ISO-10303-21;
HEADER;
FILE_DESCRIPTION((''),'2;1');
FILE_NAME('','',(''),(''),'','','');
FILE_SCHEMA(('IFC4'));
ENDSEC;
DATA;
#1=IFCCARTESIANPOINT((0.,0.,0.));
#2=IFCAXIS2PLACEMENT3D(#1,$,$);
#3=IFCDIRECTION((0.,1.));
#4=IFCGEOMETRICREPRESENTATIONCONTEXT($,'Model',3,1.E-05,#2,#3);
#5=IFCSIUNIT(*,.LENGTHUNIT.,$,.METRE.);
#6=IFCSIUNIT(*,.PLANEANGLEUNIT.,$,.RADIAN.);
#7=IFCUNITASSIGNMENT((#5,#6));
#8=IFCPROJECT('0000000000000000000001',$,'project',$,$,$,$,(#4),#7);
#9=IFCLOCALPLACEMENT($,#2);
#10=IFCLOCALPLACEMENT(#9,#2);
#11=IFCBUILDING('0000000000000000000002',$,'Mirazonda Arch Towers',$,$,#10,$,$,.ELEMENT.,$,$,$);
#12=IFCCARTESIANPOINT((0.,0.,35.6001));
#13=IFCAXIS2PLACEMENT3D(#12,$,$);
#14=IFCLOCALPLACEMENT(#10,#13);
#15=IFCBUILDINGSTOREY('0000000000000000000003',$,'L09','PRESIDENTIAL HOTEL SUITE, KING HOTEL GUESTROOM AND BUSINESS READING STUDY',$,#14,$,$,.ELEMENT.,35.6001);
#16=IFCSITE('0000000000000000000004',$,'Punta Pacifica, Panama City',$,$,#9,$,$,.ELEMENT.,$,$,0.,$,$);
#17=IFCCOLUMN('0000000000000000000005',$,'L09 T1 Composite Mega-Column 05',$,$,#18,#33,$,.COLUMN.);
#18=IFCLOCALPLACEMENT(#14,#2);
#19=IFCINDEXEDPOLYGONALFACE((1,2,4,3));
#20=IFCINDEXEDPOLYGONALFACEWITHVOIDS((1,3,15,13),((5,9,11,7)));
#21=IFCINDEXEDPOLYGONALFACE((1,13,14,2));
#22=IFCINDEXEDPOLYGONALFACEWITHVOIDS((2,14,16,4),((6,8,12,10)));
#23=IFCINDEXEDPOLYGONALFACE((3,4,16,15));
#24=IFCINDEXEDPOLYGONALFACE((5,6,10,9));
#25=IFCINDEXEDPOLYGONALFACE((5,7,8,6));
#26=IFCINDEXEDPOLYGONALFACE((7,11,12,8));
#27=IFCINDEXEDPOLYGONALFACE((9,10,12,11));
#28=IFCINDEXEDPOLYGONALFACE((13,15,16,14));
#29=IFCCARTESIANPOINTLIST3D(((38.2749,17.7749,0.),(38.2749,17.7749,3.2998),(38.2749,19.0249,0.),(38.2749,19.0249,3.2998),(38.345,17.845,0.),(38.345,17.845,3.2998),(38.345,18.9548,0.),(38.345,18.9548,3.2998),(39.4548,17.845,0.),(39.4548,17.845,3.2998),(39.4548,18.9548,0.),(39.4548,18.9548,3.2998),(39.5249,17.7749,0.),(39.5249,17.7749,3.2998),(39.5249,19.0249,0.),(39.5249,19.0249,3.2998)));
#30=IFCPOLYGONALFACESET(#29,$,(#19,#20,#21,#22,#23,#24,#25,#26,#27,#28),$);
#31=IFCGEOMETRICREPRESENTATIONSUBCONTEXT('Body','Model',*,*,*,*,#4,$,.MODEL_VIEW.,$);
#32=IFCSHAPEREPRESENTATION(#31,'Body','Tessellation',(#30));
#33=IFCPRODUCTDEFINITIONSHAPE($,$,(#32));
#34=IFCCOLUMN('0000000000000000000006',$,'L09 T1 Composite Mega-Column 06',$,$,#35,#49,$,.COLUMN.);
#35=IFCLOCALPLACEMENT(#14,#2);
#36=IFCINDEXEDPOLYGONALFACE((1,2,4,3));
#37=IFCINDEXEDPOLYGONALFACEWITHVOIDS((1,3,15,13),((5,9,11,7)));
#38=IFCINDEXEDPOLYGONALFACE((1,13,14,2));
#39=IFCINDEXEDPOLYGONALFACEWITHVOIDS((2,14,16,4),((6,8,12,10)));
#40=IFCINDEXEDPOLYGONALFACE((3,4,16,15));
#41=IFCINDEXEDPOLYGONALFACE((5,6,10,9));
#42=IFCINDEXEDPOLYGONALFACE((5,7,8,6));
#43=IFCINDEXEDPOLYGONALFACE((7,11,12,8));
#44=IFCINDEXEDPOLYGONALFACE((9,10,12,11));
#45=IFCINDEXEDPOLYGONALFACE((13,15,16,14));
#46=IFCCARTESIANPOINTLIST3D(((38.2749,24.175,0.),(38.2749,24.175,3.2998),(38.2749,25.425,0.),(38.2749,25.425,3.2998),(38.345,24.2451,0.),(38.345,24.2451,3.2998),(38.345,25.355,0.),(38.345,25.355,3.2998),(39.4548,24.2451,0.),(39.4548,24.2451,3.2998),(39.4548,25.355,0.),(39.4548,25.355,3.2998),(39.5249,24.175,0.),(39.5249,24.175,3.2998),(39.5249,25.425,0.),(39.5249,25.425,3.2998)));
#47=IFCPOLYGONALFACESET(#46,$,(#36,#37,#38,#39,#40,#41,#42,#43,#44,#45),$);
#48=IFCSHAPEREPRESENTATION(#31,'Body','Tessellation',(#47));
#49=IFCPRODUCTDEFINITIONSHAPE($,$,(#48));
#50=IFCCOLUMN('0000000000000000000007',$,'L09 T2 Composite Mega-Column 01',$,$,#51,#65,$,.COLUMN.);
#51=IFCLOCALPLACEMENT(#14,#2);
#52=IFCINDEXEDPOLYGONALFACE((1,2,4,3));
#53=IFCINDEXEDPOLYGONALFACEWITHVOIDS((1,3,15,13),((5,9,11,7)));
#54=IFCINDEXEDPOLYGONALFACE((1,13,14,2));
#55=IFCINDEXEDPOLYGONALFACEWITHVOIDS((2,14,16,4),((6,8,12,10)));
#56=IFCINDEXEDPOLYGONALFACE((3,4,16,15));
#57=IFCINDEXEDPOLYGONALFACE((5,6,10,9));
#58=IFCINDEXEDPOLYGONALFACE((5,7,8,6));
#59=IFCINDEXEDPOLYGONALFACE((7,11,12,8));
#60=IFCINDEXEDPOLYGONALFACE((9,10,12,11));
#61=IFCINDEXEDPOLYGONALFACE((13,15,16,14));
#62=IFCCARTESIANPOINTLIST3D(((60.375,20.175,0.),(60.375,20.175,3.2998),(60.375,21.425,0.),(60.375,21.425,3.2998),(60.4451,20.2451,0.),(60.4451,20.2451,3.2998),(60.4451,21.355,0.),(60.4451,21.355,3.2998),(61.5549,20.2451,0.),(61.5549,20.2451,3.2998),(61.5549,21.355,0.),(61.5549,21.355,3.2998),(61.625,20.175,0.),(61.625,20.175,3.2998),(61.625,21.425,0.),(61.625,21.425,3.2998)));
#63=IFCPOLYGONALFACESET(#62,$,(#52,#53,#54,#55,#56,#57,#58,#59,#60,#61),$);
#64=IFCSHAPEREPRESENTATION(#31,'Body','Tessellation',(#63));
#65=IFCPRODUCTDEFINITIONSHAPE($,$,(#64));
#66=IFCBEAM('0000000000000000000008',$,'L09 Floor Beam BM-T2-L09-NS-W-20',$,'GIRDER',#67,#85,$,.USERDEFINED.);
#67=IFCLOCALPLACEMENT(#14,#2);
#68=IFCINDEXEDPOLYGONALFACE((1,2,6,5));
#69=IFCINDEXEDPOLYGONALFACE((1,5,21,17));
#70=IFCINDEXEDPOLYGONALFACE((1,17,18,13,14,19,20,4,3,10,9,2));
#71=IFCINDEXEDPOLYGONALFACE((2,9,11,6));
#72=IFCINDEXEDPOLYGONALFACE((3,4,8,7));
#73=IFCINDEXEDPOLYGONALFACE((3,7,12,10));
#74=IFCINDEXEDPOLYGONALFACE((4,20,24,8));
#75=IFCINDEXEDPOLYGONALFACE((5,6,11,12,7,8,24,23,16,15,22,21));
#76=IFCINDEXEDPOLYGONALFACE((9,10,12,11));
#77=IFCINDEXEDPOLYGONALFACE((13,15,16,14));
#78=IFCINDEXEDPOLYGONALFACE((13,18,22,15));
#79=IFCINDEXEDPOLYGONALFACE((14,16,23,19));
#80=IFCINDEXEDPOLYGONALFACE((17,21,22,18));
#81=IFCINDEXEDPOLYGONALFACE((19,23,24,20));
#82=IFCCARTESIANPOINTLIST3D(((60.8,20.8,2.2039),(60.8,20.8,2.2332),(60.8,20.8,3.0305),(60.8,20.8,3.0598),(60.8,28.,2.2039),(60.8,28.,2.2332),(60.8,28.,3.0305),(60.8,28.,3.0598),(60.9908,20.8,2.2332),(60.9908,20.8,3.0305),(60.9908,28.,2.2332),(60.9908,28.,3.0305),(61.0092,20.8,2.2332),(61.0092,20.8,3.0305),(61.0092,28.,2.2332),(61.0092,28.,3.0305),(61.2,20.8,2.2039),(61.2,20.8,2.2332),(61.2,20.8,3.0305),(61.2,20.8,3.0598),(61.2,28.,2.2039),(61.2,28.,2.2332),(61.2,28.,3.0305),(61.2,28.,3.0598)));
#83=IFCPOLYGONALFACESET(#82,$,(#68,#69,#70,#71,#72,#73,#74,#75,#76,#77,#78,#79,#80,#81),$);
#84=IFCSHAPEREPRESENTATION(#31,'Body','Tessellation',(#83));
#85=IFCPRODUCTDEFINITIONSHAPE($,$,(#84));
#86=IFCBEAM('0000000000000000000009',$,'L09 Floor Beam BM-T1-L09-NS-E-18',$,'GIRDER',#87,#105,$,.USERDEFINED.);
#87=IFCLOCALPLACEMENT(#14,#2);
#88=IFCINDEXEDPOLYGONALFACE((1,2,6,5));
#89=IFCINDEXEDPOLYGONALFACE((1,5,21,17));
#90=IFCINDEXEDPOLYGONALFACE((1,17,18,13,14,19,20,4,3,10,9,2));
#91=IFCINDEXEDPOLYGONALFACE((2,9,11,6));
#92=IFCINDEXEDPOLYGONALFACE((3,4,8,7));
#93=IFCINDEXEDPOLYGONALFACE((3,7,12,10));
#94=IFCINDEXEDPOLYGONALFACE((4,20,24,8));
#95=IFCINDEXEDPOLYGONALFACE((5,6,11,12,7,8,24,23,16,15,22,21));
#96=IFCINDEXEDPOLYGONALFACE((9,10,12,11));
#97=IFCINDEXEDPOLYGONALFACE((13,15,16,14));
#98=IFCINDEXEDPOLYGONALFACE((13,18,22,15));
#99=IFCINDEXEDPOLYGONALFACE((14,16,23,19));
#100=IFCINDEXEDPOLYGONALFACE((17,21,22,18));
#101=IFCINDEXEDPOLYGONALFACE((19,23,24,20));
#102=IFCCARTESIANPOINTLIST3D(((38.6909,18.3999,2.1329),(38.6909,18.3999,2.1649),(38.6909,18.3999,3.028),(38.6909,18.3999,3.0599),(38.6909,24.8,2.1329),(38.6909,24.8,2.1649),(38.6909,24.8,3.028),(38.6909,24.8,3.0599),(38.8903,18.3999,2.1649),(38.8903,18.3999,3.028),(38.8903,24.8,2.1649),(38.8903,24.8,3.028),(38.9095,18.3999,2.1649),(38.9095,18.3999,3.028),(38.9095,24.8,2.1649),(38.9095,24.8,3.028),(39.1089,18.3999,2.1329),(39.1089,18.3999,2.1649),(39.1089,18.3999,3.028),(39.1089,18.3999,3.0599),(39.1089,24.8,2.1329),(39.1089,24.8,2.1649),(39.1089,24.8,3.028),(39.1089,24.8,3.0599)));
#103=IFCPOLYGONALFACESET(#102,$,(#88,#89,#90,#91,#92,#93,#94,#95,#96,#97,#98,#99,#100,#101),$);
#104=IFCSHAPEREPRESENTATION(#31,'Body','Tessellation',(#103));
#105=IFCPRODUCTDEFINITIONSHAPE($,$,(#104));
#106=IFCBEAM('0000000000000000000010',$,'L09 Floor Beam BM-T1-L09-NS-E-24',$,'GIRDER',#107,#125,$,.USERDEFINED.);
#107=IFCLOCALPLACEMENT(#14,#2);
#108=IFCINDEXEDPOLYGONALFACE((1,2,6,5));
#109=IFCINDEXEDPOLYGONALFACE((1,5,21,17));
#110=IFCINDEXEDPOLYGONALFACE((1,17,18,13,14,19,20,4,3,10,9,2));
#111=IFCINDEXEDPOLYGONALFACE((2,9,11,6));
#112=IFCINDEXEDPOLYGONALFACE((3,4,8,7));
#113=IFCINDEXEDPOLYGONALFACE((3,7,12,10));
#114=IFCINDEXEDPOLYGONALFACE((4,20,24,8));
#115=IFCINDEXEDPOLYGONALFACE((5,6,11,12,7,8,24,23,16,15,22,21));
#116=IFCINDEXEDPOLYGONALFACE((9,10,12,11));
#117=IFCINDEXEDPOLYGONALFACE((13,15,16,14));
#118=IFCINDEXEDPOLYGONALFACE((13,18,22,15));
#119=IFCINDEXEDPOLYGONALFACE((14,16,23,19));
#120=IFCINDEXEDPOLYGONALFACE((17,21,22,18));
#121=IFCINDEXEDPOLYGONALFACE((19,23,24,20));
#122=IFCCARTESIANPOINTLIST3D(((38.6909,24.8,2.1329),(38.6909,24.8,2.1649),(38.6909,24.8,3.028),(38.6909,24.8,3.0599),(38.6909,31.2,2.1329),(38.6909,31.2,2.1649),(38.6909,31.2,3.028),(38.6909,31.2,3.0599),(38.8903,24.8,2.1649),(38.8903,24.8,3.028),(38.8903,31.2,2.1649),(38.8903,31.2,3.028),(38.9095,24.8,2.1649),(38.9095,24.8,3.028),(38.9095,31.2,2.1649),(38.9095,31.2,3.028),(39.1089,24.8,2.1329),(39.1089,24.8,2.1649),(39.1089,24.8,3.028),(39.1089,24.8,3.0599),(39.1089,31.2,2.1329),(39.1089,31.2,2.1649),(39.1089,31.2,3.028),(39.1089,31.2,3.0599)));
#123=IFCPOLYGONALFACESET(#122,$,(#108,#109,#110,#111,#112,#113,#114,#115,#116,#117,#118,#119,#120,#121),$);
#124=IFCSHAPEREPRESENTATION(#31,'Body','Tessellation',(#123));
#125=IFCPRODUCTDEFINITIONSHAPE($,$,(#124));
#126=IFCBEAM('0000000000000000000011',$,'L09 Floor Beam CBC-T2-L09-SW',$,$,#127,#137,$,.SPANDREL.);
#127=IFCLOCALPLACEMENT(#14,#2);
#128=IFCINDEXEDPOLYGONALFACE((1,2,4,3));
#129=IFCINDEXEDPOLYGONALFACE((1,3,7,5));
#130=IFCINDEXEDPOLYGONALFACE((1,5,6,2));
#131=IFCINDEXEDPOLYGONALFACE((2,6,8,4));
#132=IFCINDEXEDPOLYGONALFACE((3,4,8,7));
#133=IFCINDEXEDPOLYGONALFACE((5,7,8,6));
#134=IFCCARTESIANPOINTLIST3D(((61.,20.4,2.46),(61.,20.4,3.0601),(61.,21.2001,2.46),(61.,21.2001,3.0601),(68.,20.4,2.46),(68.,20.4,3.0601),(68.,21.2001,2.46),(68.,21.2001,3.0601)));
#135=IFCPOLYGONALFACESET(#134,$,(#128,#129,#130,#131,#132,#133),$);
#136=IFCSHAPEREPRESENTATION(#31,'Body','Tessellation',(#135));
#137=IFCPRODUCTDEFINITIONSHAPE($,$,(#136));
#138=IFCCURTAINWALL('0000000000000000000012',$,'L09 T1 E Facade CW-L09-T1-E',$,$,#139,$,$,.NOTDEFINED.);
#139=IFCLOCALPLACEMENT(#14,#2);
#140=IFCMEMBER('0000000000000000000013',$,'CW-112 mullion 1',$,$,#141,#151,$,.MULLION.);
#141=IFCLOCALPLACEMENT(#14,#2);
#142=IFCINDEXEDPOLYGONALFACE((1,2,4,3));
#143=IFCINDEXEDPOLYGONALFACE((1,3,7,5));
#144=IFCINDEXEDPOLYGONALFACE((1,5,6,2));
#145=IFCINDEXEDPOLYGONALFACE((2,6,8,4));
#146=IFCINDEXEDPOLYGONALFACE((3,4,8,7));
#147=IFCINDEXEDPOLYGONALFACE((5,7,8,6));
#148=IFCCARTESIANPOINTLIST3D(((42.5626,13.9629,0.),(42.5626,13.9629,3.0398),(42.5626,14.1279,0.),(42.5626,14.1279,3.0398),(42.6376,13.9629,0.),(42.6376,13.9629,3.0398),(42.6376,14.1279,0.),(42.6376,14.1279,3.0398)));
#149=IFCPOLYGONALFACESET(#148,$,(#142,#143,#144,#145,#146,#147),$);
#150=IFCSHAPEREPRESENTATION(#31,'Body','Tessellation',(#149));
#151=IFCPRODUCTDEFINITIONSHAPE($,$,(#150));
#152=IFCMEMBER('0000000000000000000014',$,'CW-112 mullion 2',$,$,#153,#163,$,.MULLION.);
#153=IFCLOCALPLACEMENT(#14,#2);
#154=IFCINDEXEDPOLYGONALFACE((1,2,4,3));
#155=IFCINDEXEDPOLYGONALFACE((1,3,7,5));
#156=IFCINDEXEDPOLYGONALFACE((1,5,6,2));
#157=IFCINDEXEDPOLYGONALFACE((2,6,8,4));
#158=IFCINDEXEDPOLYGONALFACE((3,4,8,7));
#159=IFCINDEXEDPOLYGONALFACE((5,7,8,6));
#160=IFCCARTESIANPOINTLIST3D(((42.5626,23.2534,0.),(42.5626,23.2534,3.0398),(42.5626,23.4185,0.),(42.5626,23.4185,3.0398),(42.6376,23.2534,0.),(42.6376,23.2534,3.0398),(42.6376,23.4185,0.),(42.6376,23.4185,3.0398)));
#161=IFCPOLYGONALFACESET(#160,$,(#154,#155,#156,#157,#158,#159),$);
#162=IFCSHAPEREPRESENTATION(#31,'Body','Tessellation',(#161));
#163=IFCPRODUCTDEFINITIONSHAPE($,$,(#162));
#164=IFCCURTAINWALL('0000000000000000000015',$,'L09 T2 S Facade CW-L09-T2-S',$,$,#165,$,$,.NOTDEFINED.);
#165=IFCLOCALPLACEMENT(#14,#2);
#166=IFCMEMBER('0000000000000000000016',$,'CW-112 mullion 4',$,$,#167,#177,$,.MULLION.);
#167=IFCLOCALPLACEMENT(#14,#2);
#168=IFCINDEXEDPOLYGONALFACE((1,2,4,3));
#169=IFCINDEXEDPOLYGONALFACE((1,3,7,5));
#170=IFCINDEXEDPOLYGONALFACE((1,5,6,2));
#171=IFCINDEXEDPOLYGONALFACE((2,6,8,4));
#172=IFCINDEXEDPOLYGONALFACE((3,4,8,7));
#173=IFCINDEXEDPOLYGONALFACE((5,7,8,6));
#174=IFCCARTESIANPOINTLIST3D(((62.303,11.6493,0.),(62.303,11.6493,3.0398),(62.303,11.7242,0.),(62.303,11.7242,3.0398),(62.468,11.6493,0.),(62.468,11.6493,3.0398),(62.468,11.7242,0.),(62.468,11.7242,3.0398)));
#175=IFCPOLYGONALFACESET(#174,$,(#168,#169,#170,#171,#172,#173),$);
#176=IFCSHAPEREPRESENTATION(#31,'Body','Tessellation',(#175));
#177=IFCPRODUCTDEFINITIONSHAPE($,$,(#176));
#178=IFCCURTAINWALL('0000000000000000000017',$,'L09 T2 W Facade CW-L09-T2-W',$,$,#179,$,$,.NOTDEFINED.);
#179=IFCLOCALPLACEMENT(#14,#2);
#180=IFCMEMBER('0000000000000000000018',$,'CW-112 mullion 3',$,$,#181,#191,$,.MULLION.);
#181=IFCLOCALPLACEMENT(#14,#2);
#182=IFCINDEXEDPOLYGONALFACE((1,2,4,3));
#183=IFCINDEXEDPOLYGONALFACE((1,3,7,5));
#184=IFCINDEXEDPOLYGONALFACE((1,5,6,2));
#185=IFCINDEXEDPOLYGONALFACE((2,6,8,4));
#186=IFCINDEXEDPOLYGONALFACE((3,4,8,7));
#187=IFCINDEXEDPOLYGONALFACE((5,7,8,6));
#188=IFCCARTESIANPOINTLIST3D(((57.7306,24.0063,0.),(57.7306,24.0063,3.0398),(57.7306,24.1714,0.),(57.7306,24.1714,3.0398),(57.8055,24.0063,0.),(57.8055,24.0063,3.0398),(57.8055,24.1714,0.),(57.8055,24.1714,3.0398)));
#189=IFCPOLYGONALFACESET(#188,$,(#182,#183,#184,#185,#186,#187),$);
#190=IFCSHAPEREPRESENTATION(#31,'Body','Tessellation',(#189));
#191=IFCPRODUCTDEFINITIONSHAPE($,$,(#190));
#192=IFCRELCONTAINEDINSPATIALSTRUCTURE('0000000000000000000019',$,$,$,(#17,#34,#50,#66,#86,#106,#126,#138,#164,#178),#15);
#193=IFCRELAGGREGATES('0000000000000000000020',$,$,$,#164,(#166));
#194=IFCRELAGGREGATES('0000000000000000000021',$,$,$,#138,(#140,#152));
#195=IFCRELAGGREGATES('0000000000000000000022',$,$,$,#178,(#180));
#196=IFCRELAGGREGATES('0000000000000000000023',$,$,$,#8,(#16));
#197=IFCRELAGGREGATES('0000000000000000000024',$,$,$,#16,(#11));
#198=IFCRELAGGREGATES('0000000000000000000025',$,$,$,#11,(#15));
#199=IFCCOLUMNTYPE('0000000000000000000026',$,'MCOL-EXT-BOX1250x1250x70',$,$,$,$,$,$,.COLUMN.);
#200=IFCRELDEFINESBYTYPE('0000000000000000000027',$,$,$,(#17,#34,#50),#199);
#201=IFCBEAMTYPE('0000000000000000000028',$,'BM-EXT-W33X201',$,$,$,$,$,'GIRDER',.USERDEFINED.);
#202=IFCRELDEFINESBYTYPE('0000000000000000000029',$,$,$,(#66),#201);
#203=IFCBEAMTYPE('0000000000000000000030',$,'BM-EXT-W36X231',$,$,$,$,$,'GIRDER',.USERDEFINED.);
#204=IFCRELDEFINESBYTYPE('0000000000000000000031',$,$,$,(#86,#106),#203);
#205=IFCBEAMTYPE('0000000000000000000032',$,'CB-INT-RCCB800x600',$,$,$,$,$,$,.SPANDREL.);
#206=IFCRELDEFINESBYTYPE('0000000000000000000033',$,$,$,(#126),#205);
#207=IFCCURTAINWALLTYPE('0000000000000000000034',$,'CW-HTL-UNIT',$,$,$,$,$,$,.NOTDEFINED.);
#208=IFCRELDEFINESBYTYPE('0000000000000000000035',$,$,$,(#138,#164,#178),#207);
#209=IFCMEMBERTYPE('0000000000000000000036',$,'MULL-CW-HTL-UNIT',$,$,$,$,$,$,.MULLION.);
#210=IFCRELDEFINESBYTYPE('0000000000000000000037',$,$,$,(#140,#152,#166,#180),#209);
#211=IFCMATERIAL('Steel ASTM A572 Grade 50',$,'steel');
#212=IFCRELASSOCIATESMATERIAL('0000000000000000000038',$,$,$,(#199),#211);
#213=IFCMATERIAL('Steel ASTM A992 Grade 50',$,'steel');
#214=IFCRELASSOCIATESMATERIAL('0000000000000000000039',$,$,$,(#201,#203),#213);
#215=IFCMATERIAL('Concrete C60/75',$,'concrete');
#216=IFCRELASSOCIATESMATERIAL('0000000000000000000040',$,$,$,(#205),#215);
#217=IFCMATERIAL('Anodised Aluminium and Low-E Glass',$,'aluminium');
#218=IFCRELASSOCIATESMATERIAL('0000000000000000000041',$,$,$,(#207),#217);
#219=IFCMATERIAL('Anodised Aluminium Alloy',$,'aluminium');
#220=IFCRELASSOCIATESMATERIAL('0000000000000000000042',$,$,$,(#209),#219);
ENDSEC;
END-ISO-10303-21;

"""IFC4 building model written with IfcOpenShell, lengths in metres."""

from ifc_helpers import new_model, si_unit, direction, frame, origin, origin_2d, place, context, subcontext, project, spatial, rectangle, hollow_rectangle, i_section, extrude, material, material_profile, profile_set, type_object, element, aggregate, save


model = new_model("IFC4")

# Units and contexts
model_context = context("Model", 3, precision=1e-05, world=origin(), true_north=direction((0.0, 1.0)))
body_context = subcontext(model_context, "Body", "Model", "MODEL_VIEW")
ifc_project = project(units=[si_unit("LENGTHUNIT", "METRE"), si_unit("PLANEANGLEUNIT", "RADIAN")], contexts=[model_context])

# Site, building, storey
site_placement = place(None, origin())
site = spatial("IfcSite", under=ifc_project, at=site_placement, Name="Punta Pacifica, Panama City", CompositionType="ELEMENT", RefElevation=0.0)
building_placement = place(site_placement, origin())
building = spatial("IfcBuilding", under=site, at=building_placement, Name="Mirazonda Arch Towers", CompositionType="ELEMENT")
storey_placement = place(building_placement, frame((0.0, 0.0, 35.6001)))
storey = spatial("IfcBuildingStorey", under=building, at=storey_placement, Name="L09", Description="PRESIDENTIAL HOTEL SUITE, KING HOTEL GUESTROOM AND BUSINESS READING STUDY", CompositionType="ELEMENT", Elevation=35.6001)

# Columns
ifc_material_1 = material(Name="Steel ASTM A572 Grade 50", Category="steel")
ifc_material_profile_1 = material_profile(ifc_material_1, hollow_rectangle(XDim=1.25, YDim=1.25, WallThickness=0.0701, at=origin_2d()), Name="BOX1250x1250x70")
ifc_profile_set_1 = profile_set([ifc_material_profile_1], Name="Steel ASTM A572 Grade 50")
column_type = type_object("IfcColumnType", Name="MCOL-EXT-BOX1250x1250x70", PredefinedType="COLUMN", material=ifc_profile_set_1)
for number, where, z_axis, x_axis, name in (
    (1, (38.8999, 18.3999, 0.0), (0.0, 0.0, 1.0), (1.0, 0.0, 0.0), "L09 T1 Composite Mega-Column 05"),
    (2, (38.8999, 24.8, 0.0), (0.0, 0.0, 1.0), (1.0, 0.0, 0.0), "L09 T1 Composite Mega-Column 06"),
    (3, (61.0, 20.8, 0.0), (0.0, 0.0, 1.0), (1.0, 0.0, 0.0), "L09 T2 Composite Mega-Column 01"),
):
    element("IfcColumn", number, at=place(storey_placement, frame(where, z_axis=z_axis, x_axis=x_axis)), inside=storey, type_object=column_type, Name=name, PredefinedType="COLUMN", context=body_context, shape_type="SweptSolid", body=[
        extrude(hollow_rectangle(XDim=1.25, YDim=1.25, WallThickness=0.0701, at=origin_2d()), origin(), (0.0, 0.0, 1.0), 3.2998),
    ])

# Beams
ifc_material_2 = material(Name="Steel ASTM A992 Grade 50", Category="steel")
ifc_material_profile_2 = material_profile(ifc_material_2, i_section(OverallWidth=0.3999, OverallDepth=0.856, WebThickness=0.0183, FlangeThickness=0.0293, at=origin_2d()), Name="W33X201")
ifc_profile_set_2 = profile_set([ifc_material_profile_2], Name="Steel ASTM A992 Grade 50")
beam_type_1 = type_object("IfcBeamType", Name="BM-EXT-W33X201", ElementType="GIRDER", PredefinedType="USERDEFINED", material=ifc_profile_set_2)
beam_1_placement = place(storey_placement, frame((61.0, 20.8, 2.6318), z_axis=(0.0, 1.0, 0.0), x_axis=(-1.0, 0.0, 0.0)))
element("IfcBeam", 4, at=beam_1_placement, inside=storey, type_object=beam_type_1, Name="L09 Floor Beam BM-T2-L09-NS-W-20", ObjectType="GIRDER", PredefinedType="USERDEFINED", context=body_context, shape_type="SweptSolid", body=[
    extrude(i_section(OverallWidth=0.3999, OverallDepth=0.856, WebThickness=0.0183, FlangeThickness=0.0293, at=origin_2d()), origin(), (0.0, 0.0, 1.0), 7.2),
])
ifc_material_profile_3 = material_profile(ifc_material_2, i_section(OverallWidth=0.418, OverallDepth=0.927, WebThickness=0.0193, FlangeThickness=0.032, at=origin_2d()), Name="W36X231")
ifc_profile_set_3 = profile_set([ifc_material_profile_3], Name="Steel ASTM A992 Grade 50")
beam_type_2 = type_object("IfcBeamType", Name="BM-EXT-W36X231", ElementType="GIRDER", PredefinedType="USERDEFINED", material=ifc_profile_set_3)
beam_2_placement = place(storey_placement, frame((38.8999, 18.3999, 2.5964), z_axis=(0.0, 1.0, 0.0), x_axis=(-1.0, 0.0, 0.0)))
element("IfcBeam", 5, at=beam_2_placement, inside=storey, type_object=beam_type_2, Name="L09 Floor Beam BM-T1-L09-NS-E-18", ObjectType="GIRDER", PredefinedType="USERDEFINED", context=body_context, shape_type="SweptSolid", body=[
    extrude(i_section(OverallWidth=0.418, OverallDepth=0.927, WebThickness=0.0193, FlangeThickness=0.032, at=origin_2d()), origin(), (0.0, 0.0, 1.0), 6.4001),
])
beam_3_placement = place(storey_placement, frame((38.8999, 24.8, 2.5964), z_axis=(0.0, 1.0, 0.0), x_axis=(-1.0, 0.0, 0.0)))
element("IfcBeam", 6, at=beam_3_placement, inside=storey, type_object=beam_type_2, Name="L09 Floor Beam BM-T1-L09-NS-E-24", ObjectType="GIRDER", PredefinedType="USERDEFINED", context=body_context, shape_type="SweptSolid", body=[
    extrude(i_section(OverallWidth=0.418, OverallDepth=0.927, WebThickness=0.0193, FlangeThickness=0.032, at=origin_2d()), origin(), (0.0, 0.0, 1.0), 6.3999),
])
ifc_material_3 = material(Name="Concrete C60/75", Category="concrete")
ifc_material_profile_4 = material_profile(ifc_material_3, rectangle(XDim=0.8, YDim=0.6001, at=origin_2d()), Name="RCCB800x600")
ifc_profile_set_4 = profile_set([ifc_material_profile_4], Name="Concrete C60/75")
beam_type_3 = type_object("IfcBeamType", Name="CB-INT-RCCB800x600", PredefinedType="SPANDREL", material=ifc_profile_set_4)
beam_4_placement = place(storey_placement, frame((61.0, 20.8, 2.76), z_axis=(1.0, 0.0, 0.0), x_axis=(0.0, 1.0, 0.0)))
element("IfcBeam", 7, at=beam_4_placement, inside=storey, type_object=beam_type_3, Name="L09 Floor Beam CBC-T2-L09-SW", PredefinedType="SPANDREL", context=body_context, shape_type="SweptSolid", body=[
    extrude(rectangle(XDim=0.8, YDim=0.6001, at=origin_2d()), origin(), (0.0, 0.0, 1.0), 7.0),
])

# Curtain wall, members
ifc_material_4 = material(Name="Anodised Aluminium and Low-E Glass", Category="aluminium")
curtain_wall_type = type_object("IfcCurtainWallType", Name="CW-HTL-UNIT", PredefinedType="NOTDEFINED", material=ifc_material_4)
curtain_wall_1_placement = place(storey_placement, origin())
curtain_wall_1 = element("IfcCurtainWall", 8, at=curtain_wall_1_placement, inside=storey, type_object=curtain_wall_type, Name="L09 T1 E Facade CW-L09-T1-E", PredefinedType="NOTDEFINED")
ifc_material_5 = material(Name="Anodised Aluminium Alloy", Category="aluminium")
ifc_material_profile_5 = material_profile(ifc_material_5, rectangle(XDim=0.075, YDim=0.165, at=origin_2d()), Name="ALU-MULL-75x165")
ifc_profile_set_5 = profile_set([ifc_material_profile_5], Name="Anodised Aluminium Alloy")
member_type_1 = type_object("IfcMemberType", Name="MULL-CW-HTL-UNIT", PredefinedType="MULLION", material=ifc_profile_set_5)
member_1_placement = place(storey_placement, frame((42.6001, 14.0454, 0.0), z_axis=(0.0, 0.0, 1.0), x_axis=(-1.0, 0.0, 0.0)))
member_1 = element("IfcMember", 9, at=member_1_placement, type_object=member_type_1, Name="CW-112 mullion 1", PredefinedType="MULLION", context=body_context, shape_type="SweptSolid", body=[
    extrude(rectangle(XDim=0.075, YDim=0.165, at=origin_2d()), origin(), (0.0, 0.0, 1.0), 3.0398),
])
member_2_placement = place(storey_placement, frame((42.6001, 23.3359, 0.0), z_axis=(0.0, 0.0, 1.0), x_axis=(-1.0, 0.0, 0.0)))
member_2 = element("IfcMember", 10, at=member_2_placement, type_object=member_type_1, Name="CW-112 mullion 2", PredefinedType="MULLION", context=body_context, shape_type="SweptSolid", body=[
    extrude(rectangle(XDim=0.075, YDim=0.165, at=origin_2d()), origin(), (0.0, 0.0, 1.0), 3.0398),
])

# Curtain wall, member
curtain_wall_2_placement = place(storey_placement, origin())
curtain_wall_2 = element("IfcCurtainWall", 11, at=curtain_wall_2_placement, inside=storey, type_object=curtain_wall_type, Name="L09 T2 S Facade CW-L09-T2-S", PredefinedType="NOTDEFINED")
member_3_placement = place(storey_placement, frame((62.3855, 11.6868, 0.0), z_axis=(0.0, 0.0, 1.0), x_axis=(0.0, -1.0, 0.0)))
member_3 = element("IfcMember", 12, at=member_3_placement, type_object=member_type_1, Name="CW-112 mullion 4", PredefinedType="MULLION", context=body_context, shape_type="SweptSolid", body=[
    extrude(rectangle(XDim=0.075, YDim=0.165, at=origin_2d()), origin(), (0.0, 0.0, 1.0), 3.0398),
])
aggregate(curtain_wall_2, [member_3])

# Curtain wall, member
curtain_wall_3_placement = place(storey_placement, origin())
curtain_wall_3 = element("IfcCurtainWall", 13, at=curtain_wall_3_placement, inside=storey, type_object=curtain_wall_type, Name="L09 T2 W Facade CW-L09-T2-W", PredefinedType="NOTDEFINED")
member_4_placement = place(storey_placement, frame((57.7681, 24.0889, 0.0), z_axis=(0.0, 0.0, 1.0), x_axis=(1.0, 0.0, 0.0)))
member_4 = element("IfcMember", 14, at=member_4_placement, type_object=member_type_1, Name="CW-112 mullion 3", PredefinedType="MULLION", context=body_context, shape_type="SweptSolid", body=[
    extrude(rectangle(XDim=0.075, YDim=0.165, at=origin_2d()), origin(), (0.0, 0.0, 1.0), 3.0398),
])

aggregate(curtain_wall_1, [member_1, member_2])
aggregate(curtain_wall_3, [member_4])

save(model, "model.ifc")
